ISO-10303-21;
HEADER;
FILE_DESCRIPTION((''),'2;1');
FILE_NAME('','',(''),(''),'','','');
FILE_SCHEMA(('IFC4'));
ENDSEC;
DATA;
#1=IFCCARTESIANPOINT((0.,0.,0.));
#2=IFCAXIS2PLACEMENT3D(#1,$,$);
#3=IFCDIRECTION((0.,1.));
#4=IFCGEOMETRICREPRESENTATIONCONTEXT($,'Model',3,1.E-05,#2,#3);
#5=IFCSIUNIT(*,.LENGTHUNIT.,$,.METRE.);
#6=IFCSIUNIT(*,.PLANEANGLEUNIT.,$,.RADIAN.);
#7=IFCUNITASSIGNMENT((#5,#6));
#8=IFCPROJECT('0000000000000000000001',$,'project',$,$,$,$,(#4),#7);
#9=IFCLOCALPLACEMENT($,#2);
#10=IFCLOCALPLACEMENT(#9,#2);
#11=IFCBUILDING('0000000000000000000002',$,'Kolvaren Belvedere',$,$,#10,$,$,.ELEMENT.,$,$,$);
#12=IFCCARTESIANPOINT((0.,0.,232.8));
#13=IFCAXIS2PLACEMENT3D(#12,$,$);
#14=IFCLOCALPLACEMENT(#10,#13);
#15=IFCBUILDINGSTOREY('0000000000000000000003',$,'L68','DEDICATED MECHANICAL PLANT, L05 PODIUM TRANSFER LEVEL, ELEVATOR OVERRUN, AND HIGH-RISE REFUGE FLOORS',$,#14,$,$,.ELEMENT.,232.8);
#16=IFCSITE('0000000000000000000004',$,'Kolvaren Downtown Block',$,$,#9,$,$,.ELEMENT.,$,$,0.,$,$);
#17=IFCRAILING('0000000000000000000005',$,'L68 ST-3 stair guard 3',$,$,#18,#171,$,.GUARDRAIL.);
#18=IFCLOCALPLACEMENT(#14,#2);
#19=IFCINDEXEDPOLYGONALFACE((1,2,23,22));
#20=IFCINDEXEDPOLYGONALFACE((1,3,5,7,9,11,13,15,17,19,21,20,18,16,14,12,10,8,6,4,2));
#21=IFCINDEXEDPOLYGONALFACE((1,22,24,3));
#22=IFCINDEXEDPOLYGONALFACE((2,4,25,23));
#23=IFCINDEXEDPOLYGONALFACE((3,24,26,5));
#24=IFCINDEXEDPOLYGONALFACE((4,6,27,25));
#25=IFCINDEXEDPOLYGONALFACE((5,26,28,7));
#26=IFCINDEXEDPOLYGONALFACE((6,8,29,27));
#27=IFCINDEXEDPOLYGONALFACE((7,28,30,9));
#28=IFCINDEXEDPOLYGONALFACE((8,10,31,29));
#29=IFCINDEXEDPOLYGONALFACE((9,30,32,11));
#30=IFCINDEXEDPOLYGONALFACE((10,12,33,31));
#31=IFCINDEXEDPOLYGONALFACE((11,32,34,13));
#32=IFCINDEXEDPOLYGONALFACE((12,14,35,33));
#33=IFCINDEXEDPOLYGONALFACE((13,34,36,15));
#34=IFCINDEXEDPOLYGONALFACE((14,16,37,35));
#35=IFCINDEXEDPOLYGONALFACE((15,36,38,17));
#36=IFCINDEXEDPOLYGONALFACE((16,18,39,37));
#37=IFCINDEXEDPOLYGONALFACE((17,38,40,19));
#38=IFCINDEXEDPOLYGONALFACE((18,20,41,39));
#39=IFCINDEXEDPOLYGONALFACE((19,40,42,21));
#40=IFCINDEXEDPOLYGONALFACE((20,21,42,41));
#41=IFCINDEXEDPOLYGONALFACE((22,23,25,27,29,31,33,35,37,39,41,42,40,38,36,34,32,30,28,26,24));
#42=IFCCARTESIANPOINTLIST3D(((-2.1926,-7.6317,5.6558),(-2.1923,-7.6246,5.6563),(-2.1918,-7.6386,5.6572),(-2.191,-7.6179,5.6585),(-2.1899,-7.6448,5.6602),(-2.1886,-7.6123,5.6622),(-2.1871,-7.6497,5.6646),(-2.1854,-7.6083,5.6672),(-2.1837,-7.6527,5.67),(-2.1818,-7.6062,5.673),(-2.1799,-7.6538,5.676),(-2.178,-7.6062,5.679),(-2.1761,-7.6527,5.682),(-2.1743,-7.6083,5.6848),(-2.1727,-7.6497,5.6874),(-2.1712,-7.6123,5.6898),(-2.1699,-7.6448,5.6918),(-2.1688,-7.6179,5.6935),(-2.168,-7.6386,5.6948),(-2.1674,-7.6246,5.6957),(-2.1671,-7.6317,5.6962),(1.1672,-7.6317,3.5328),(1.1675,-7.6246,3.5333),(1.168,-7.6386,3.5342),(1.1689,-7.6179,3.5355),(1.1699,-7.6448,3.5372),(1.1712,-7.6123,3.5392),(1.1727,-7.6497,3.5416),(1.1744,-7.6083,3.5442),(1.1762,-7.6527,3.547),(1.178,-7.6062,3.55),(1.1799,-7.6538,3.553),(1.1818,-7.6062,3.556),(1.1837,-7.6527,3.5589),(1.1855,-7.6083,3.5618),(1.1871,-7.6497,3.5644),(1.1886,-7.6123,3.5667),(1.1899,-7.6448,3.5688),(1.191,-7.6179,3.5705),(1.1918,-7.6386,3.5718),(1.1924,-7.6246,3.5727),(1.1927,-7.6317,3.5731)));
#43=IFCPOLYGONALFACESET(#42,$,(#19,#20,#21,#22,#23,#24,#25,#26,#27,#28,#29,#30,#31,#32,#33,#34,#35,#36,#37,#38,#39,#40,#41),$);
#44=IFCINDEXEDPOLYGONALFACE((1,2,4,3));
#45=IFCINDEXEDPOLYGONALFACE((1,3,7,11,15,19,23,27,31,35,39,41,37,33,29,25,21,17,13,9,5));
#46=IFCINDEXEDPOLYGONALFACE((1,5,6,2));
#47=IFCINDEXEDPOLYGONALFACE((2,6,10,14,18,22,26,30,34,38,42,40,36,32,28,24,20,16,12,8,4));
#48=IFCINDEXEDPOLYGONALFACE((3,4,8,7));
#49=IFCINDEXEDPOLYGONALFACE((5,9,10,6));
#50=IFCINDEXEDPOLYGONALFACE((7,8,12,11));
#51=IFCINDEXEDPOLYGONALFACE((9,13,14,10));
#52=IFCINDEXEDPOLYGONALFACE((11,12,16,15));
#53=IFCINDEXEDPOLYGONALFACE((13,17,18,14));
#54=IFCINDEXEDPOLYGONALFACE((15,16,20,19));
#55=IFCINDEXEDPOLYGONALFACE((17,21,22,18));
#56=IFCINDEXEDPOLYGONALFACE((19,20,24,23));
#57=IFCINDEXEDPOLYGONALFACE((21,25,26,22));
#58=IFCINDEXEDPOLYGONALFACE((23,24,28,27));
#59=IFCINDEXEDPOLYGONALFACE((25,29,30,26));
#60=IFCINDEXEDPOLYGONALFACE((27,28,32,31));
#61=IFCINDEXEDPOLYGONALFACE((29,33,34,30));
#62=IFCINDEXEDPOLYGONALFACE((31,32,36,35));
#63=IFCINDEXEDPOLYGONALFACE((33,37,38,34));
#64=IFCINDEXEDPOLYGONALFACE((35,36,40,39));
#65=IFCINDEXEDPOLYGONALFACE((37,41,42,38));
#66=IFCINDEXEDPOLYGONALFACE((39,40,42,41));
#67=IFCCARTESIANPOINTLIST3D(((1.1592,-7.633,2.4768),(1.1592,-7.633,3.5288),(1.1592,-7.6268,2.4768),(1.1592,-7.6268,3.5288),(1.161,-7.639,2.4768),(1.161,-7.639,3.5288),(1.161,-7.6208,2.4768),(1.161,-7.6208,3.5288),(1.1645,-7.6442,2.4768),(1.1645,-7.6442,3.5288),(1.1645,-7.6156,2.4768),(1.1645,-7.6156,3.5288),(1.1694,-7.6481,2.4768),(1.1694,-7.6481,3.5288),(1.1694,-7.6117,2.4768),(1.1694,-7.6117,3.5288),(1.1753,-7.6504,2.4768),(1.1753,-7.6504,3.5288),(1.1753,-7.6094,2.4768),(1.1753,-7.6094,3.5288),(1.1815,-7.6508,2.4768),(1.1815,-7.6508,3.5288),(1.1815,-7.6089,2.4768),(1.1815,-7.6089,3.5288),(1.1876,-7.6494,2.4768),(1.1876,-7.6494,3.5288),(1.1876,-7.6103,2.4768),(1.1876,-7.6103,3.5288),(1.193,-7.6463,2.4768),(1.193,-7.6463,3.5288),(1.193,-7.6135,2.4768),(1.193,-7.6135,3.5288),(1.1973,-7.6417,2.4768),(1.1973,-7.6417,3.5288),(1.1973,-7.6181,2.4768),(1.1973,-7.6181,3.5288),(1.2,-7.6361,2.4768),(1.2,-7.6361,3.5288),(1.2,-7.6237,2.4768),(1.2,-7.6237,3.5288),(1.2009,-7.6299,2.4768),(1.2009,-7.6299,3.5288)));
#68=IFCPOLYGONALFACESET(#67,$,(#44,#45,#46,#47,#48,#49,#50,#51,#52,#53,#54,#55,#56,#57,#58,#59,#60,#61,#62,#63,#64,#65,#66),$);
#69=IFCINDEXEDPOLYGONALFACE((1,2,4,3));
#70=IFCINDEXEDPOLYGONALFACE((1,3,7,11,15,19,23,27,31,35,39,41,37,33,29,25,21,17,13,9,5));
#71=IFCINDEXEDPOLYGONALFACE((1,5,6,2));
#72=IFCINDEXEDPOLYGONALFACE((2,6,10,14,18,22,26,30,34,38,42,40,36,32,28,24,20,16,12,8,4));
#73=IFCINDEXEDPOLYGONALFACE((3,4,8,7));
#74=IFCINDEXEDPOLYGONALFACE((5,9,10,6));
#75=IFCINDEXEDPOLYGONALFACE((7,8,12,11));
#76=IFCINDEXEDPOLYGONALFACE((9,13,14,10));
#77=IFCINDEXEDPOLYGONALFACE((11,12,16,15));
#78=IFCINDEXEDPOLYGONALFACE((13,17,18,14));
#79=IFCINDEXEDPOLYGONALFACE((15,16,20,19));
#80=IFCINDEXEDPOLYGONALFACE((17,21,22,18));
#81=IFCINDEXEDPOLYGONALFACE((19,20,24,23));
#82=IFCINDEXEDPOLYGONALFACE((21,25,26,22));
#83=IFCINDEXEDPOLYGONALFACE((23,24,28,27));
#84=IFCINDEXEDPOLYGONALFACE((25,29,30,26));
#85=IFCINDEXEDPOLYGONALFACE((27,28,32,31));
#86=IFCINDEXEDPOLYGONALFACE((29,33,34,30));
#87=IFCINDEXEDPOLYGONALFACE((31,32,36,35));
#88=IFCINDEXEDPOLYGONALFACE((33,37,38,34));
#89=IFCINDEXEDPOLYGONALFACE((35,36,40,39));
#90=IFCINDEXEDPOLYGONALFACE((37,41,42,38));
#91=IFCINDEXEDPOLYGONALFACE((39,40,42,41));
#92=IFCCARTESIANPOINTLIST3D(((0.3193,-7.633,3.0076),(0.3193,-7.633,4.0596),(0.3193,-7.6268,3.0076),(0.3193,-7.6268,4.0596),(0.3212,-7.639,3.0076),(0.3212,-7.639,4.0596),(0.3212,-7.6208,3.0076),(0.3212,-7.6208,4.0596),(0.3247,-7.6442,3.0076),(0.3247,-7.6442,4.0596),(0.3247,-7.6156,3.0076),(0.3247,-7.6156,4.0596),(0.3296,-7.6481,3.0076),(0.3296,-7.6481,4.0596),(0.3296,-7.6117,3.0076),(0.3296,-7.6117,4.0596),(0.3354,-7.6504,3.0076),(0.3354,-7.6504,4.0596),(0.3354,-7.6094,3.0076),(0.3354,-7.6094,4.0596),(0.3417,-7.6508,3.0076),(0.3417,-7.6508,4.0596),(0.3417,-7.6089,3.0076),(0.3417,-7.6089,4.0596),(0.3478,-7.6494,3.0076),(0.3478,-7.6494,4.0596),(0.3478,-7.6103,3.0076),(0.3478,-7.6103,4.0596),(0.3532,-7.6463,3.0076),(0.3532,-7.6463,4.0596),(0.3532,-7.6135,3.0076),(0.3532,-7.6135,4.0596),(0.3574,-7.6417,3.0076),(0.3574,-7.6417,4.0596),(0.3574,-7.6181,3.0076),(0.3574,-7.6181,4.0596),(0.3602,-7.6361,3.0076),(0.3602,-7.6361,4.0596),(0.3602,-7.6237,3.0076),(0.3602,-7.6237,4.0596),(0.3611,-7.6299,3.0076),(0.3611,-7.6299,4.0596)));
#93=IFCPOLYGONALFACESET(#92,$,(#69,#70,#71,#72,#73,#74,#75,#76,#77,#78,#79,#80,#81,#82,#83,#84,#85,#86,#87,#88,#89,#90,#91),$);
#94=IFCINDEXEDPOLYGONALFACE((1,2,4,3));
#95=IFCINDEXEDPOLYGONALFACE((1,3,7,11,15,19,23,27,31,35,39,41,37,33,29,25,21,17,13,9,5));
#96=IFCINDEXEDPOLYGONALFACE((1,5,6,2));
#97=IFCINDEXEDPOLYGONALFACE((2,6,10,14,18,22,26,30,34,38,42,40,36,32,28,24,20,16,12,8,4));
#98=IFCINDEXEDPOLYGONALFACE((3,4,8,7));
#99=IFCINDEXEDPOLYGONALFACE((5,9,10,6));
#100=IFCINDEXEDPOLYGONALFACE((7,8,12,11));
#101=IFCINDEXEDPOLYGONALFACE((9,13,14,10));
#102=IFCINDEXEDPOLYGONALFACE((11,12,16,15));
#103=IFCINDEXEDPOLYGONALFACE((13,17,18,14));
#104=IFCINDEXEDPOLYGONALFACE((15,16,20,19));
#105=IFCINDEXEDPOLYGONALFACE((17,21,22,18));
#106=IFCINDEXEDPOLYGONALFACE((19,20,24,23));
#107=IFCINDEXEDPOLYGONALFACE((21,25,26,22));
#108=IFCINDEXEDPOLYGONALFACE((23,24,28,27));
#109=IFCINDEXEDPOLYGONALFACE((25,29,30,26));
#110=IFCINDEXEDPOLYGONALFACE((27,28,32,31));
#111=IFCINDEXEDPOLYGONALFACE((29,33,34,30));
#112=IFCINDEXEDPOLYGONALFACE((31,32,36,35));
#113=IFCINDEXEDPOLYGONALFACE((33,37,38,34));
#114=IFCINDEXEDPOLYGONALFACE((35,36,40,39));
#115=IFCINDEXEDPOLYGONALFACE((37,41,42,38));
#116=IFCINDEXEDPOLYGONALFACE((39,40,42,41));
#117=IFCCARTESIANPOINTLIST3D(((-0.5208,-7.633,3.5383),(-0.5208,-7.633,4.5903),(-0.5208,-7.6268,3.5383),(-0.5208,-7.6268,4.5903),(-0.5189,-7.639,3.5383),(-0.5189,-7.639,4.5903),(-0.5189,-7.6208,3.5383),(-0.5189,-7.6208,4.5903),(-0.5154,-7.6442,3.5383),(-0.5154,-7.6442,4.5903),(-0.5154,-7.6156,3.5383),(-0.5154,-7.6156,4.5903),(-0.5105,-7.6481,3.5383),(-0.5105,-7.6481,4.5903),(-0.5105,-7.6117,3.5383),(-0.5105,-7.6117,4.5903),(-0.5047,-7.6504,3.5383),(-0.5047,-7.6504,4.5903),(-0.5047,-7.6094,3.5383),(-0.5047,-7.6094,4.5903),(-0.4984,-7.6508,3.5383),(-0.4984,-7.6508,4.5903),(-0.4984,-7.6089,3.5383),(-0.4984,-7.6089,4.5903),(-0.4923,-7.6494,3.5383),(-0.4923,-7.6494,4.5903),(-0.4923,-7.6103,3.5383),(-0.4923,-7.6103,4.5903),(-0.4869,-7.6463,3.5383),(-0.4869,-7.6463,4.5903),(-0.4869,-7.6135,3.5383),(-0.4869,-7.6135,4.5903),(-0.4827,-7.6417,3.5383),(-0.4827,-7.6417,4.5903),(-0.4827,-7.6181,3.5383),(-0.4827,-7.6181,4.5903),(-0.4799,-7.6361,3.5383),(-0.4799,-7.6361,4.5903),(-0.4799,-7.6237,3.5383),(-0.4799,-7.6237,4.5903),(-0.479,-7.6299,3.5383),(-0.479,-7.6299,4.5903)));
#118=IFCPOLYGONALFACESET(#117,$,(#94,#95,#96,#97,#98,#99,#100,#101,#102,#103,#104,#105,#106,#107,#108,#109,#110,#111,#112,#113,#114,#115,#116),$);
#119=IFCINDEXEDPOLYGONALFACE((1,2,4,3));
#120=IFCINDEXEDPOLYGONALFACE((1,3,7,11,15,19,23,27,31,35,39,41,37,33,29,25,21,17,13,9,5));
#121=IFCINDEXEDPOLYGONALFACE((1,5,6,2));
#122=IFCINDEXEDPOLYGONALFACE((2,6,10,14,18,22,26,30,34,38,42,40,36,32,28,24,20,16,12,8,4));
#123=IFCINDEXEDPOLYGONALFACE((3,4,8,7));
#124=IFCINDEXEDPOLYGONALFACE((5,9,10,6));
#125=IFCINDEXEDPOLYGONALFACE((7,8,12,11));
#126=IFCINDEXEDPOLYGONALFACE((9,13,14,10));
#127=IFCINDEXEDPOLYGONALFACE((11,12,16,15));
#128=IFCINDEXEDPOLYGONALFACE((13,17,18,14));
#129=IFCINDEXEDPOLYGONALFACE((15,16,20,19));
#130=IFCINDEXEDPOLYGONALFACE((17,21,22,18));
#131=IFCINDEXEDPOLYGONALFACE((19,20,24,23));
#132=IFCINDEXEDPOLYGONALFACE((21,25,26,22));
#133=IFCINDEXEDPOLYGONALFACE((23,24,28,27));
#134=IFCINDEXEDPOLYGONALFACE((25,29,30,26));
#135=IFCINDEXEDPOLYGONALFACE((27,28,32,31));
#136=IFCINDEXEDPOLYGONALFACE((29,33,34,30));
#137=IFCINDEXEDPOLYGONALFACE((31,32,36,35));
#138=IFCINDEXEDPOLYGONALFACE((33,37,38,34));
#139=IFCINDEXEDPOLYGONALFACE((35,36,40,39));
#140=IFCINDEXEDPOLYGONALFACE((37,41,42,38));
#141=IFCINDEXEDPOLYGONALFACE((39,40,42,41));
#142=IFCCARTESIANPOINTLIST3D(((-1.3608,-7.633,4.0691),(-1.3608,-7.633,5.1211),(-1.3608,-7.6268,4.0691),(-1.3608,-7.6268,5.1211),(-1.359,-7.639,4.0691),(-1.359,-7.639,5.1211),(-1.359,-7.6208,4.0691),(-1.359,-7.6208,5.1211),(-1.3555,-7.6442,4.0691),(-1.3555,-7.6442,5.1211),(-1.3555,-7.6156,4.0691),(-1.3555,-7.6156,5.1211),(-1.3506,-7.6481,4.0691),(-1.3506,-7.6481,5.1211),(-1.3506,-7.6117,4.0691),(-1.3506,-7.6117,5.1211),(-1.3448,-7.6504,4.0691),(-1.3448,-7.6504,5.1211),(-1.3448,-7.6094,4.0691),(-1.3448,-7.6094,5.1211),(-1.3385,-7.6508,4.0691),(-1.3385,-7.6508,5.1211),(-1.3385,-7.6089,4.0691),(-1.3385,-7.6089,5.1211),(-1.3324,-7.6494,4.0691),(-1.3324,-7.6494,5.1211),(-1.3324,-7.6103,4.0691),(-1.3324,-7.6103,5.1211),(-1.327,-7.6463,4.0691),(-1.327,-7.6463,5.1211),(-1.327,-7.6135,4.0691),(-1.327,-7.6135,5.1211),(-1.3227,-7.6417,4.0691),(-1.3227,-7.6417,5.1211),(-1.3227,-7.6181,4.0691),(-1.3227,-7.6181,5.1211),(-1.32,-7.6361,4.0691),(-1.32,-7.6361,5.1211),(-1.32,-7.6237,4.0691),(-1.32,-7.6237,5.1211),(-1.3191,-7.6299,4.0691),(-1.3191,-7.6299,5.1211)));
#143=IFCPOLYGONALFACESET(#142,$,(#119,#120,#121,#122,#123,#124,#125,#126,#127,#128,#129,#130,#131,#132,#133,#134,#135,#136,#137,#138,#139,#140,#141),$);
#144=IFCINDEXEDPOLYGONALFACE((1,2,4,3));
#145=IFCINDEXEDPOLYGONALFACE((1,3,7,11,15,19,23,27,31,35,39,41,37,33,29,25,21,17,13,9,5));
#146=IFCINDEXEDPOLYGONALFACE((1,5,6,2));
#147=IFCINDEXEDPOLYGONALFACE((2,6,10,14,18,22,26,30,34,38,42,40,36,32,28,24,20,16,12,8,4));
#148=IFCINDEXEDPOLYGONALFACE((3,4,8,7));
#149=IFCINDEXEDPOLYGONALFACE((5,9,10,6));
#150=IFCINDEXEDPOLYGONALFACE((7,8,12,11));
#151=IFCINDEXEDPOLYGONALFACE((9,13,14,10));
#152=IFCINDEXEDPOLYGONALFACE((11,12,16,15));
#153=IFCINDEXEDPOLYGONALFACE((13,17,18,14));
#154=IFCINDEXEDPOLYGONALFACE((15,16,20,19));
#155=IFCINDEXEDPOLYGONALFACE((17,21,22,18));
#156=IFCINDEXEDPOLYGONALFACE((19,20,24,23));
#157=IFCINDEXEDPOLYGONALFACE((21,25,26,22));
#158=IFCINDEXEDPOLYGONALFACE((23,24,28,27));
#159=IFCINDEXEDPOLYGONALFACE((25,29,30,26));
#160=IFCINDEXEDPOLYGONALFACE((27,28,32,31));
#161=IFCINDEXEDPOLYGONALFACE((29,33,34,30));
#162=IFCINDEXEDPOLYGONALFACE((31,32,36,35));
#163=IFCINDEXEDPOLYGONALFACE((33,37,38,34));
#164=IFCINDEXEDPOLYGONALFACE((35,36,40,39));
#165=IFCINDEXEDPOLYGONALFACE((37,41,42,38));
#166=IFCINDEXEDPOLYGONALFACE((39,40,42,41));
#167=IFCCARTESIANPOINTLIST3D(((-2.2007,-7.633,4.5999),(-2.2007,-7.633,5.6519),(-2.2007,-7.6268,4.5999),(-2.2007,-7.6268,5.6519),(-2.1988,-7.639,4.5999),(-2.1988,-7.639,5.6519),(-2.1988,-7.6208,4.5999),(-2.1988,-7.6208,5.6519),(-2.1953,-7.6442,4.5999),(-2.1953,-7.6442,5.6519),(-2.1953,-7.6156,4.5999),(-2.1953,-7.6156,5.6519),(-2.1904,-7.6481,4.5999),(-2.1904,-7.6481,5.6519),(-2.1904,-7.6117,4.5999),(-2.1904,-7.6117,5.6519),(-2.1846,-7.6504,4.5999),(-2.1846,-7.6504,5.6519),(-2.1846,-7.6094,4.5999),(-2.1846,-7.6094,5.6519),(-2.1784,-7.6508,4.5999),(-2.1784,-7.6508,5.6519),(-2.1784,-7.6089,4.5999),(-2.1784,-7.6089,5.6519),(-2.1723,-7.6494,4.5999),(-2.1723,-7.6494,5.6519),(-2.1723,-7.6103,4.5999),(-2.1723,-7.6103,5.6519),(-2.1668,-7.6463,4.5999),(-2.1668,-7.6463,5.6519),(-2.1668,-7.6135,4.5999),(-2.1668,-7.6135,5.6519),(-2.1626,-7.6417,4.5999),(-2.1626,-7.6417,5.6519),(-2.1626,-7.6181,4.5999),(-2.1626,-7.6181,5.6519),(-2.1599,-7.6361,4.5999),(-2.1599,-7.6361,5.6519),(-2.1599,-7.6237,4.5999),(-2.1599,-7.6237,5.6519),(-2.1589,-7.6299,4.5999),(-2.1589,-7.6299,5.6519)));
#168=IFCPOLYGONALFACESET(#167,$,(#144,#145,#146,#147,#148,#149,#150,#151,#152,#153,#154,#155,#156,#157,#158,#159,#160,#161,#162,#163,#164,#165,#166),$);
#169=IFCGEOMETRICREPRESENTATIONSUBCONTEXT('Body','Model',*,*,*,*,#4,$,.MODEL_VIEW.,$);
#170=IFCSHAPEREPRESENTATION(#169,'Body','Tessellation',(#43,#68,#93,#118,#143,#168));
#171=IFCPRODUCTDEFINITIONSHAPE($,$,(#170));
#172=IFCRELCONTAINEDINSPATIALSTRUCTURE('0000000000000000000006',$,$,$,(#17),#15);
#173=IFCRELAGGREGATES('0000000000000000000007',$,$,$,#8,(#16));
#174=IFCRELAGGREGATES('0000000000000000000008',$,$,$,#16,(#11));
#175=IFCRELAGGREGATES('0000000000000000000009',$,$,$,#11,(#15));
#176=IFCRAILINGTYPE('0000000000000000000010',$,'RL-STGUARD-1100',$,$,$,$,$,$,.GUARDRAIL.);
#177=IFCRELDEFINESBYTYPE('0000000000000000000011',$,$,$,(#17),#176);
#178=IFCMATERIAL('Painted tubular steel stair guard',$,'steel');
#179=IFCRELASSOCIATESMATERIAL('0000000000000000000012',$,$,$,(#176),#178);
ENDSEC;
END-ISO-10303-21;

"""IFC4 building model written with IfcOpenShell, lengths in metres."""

from ifc_helpers import new_model, si_unit, direction, frame, origin, origin_2d, place, context, subcontext, project, spatial, circle, extrude, material, type_object, element, save


model = new_model("IFC4")

# Units and contexts
model_context = context("Model", 3, precision=1e-05, world=origin(), true_north=direction((0.0, 1.0)))
body_context = subcontext(model_context, "Body", "Model", "MODEL_VIEW")
ifc_project = project(units=[si_unit("LENGTHUNIT", "METRE"), si_unit("PLANEANGLEUNIT", "RADIAN")], contexts=[model_context])

# Site, building, storey
site_placement = place(None, origin())
site = spatial("IfcSite", under=ifc_project, at=site_placement, Name="Kolvaren Downtown Block", CompositionType="ELEMENT", RefElevation=0.0)
building_placement = place(site_placement, origin())
building = spatial("IfcBuilding", under=site, at=building_placement, Name="Kolvaren Belvedere", CompositionType="ELEMENT")
storey_placement = place(building_placement, frame((0.0, 0.0, 232.8)))
storey = spatial("IfcBuildingStorey", under=building, at=storey_placement, Name="L68", Description="DEDICATED MECHANICAL PLANT, L05 PODIUM TRANSFER LEVEL, ELEVATOR OVERRUN, AND HIGH-RISE REFUGE FLOORS", CompositionType="ELEMENT", Elevation=232.8)

# Railing
ifc_material_1 = material(Name="Painted tubular steel stair guard", Category="steel")
railing_type_1 = type_object("IfcRailingType", Name="RL-STGUARD-1100", PredefinedType="GUARDRAIL", material=ifc_material_1)
railing_1_placement = place(storey_placement, frame((1.1799, -7.6299, 2.4768)))
element("IfcRailing", 1, at=railing_1_placement, inside=storey, type_object=railing_type_1, Name="L68 ST-3 stair guard 3", PredefinedType="GUARDRAIL", context=body_context, shape_type="SweptSolid", body=[
    extrude(circle(Radius=0.0239, at=origin_2d()), frame((0.0, 0.0, 1.0762), z_axis=(-0.845372, 0.0, 0.534178), x_axis=(0.0, -1.0, 0.0)), (0.0, 0.0, 1.0), 3.9744),
    extrude(circle(Radius=0.021, at=origin_2d()), origin(), (0.0, 0.0, 1.0), 1.052),
    extrude(circle(Radius=0.021, at=origin_2d()), frame((-0.8398, 0.0, 0.5308)), (0.0, 0.0, 1.0), 1.052),
    extrude(circle(Radius=0.021, at=origin_2d()), frame((-1.6799, 0.0, 1.0615)), (0.0, 0.0, 1.0), 1.052),
    extrude(circle(Radius=0.021, at=origin_2d()), frame((-2.52, 0.0, 1.5923)), (0.0, 0.0, 1.0), 1.052),
    extrude(circle(Radius=0.021, at=origin_2d()), frame((-3.3599, 0.0, 2.123)), (0.0, 0.0, 1.0), 1.052),
])

save(model, "model.ifc")
